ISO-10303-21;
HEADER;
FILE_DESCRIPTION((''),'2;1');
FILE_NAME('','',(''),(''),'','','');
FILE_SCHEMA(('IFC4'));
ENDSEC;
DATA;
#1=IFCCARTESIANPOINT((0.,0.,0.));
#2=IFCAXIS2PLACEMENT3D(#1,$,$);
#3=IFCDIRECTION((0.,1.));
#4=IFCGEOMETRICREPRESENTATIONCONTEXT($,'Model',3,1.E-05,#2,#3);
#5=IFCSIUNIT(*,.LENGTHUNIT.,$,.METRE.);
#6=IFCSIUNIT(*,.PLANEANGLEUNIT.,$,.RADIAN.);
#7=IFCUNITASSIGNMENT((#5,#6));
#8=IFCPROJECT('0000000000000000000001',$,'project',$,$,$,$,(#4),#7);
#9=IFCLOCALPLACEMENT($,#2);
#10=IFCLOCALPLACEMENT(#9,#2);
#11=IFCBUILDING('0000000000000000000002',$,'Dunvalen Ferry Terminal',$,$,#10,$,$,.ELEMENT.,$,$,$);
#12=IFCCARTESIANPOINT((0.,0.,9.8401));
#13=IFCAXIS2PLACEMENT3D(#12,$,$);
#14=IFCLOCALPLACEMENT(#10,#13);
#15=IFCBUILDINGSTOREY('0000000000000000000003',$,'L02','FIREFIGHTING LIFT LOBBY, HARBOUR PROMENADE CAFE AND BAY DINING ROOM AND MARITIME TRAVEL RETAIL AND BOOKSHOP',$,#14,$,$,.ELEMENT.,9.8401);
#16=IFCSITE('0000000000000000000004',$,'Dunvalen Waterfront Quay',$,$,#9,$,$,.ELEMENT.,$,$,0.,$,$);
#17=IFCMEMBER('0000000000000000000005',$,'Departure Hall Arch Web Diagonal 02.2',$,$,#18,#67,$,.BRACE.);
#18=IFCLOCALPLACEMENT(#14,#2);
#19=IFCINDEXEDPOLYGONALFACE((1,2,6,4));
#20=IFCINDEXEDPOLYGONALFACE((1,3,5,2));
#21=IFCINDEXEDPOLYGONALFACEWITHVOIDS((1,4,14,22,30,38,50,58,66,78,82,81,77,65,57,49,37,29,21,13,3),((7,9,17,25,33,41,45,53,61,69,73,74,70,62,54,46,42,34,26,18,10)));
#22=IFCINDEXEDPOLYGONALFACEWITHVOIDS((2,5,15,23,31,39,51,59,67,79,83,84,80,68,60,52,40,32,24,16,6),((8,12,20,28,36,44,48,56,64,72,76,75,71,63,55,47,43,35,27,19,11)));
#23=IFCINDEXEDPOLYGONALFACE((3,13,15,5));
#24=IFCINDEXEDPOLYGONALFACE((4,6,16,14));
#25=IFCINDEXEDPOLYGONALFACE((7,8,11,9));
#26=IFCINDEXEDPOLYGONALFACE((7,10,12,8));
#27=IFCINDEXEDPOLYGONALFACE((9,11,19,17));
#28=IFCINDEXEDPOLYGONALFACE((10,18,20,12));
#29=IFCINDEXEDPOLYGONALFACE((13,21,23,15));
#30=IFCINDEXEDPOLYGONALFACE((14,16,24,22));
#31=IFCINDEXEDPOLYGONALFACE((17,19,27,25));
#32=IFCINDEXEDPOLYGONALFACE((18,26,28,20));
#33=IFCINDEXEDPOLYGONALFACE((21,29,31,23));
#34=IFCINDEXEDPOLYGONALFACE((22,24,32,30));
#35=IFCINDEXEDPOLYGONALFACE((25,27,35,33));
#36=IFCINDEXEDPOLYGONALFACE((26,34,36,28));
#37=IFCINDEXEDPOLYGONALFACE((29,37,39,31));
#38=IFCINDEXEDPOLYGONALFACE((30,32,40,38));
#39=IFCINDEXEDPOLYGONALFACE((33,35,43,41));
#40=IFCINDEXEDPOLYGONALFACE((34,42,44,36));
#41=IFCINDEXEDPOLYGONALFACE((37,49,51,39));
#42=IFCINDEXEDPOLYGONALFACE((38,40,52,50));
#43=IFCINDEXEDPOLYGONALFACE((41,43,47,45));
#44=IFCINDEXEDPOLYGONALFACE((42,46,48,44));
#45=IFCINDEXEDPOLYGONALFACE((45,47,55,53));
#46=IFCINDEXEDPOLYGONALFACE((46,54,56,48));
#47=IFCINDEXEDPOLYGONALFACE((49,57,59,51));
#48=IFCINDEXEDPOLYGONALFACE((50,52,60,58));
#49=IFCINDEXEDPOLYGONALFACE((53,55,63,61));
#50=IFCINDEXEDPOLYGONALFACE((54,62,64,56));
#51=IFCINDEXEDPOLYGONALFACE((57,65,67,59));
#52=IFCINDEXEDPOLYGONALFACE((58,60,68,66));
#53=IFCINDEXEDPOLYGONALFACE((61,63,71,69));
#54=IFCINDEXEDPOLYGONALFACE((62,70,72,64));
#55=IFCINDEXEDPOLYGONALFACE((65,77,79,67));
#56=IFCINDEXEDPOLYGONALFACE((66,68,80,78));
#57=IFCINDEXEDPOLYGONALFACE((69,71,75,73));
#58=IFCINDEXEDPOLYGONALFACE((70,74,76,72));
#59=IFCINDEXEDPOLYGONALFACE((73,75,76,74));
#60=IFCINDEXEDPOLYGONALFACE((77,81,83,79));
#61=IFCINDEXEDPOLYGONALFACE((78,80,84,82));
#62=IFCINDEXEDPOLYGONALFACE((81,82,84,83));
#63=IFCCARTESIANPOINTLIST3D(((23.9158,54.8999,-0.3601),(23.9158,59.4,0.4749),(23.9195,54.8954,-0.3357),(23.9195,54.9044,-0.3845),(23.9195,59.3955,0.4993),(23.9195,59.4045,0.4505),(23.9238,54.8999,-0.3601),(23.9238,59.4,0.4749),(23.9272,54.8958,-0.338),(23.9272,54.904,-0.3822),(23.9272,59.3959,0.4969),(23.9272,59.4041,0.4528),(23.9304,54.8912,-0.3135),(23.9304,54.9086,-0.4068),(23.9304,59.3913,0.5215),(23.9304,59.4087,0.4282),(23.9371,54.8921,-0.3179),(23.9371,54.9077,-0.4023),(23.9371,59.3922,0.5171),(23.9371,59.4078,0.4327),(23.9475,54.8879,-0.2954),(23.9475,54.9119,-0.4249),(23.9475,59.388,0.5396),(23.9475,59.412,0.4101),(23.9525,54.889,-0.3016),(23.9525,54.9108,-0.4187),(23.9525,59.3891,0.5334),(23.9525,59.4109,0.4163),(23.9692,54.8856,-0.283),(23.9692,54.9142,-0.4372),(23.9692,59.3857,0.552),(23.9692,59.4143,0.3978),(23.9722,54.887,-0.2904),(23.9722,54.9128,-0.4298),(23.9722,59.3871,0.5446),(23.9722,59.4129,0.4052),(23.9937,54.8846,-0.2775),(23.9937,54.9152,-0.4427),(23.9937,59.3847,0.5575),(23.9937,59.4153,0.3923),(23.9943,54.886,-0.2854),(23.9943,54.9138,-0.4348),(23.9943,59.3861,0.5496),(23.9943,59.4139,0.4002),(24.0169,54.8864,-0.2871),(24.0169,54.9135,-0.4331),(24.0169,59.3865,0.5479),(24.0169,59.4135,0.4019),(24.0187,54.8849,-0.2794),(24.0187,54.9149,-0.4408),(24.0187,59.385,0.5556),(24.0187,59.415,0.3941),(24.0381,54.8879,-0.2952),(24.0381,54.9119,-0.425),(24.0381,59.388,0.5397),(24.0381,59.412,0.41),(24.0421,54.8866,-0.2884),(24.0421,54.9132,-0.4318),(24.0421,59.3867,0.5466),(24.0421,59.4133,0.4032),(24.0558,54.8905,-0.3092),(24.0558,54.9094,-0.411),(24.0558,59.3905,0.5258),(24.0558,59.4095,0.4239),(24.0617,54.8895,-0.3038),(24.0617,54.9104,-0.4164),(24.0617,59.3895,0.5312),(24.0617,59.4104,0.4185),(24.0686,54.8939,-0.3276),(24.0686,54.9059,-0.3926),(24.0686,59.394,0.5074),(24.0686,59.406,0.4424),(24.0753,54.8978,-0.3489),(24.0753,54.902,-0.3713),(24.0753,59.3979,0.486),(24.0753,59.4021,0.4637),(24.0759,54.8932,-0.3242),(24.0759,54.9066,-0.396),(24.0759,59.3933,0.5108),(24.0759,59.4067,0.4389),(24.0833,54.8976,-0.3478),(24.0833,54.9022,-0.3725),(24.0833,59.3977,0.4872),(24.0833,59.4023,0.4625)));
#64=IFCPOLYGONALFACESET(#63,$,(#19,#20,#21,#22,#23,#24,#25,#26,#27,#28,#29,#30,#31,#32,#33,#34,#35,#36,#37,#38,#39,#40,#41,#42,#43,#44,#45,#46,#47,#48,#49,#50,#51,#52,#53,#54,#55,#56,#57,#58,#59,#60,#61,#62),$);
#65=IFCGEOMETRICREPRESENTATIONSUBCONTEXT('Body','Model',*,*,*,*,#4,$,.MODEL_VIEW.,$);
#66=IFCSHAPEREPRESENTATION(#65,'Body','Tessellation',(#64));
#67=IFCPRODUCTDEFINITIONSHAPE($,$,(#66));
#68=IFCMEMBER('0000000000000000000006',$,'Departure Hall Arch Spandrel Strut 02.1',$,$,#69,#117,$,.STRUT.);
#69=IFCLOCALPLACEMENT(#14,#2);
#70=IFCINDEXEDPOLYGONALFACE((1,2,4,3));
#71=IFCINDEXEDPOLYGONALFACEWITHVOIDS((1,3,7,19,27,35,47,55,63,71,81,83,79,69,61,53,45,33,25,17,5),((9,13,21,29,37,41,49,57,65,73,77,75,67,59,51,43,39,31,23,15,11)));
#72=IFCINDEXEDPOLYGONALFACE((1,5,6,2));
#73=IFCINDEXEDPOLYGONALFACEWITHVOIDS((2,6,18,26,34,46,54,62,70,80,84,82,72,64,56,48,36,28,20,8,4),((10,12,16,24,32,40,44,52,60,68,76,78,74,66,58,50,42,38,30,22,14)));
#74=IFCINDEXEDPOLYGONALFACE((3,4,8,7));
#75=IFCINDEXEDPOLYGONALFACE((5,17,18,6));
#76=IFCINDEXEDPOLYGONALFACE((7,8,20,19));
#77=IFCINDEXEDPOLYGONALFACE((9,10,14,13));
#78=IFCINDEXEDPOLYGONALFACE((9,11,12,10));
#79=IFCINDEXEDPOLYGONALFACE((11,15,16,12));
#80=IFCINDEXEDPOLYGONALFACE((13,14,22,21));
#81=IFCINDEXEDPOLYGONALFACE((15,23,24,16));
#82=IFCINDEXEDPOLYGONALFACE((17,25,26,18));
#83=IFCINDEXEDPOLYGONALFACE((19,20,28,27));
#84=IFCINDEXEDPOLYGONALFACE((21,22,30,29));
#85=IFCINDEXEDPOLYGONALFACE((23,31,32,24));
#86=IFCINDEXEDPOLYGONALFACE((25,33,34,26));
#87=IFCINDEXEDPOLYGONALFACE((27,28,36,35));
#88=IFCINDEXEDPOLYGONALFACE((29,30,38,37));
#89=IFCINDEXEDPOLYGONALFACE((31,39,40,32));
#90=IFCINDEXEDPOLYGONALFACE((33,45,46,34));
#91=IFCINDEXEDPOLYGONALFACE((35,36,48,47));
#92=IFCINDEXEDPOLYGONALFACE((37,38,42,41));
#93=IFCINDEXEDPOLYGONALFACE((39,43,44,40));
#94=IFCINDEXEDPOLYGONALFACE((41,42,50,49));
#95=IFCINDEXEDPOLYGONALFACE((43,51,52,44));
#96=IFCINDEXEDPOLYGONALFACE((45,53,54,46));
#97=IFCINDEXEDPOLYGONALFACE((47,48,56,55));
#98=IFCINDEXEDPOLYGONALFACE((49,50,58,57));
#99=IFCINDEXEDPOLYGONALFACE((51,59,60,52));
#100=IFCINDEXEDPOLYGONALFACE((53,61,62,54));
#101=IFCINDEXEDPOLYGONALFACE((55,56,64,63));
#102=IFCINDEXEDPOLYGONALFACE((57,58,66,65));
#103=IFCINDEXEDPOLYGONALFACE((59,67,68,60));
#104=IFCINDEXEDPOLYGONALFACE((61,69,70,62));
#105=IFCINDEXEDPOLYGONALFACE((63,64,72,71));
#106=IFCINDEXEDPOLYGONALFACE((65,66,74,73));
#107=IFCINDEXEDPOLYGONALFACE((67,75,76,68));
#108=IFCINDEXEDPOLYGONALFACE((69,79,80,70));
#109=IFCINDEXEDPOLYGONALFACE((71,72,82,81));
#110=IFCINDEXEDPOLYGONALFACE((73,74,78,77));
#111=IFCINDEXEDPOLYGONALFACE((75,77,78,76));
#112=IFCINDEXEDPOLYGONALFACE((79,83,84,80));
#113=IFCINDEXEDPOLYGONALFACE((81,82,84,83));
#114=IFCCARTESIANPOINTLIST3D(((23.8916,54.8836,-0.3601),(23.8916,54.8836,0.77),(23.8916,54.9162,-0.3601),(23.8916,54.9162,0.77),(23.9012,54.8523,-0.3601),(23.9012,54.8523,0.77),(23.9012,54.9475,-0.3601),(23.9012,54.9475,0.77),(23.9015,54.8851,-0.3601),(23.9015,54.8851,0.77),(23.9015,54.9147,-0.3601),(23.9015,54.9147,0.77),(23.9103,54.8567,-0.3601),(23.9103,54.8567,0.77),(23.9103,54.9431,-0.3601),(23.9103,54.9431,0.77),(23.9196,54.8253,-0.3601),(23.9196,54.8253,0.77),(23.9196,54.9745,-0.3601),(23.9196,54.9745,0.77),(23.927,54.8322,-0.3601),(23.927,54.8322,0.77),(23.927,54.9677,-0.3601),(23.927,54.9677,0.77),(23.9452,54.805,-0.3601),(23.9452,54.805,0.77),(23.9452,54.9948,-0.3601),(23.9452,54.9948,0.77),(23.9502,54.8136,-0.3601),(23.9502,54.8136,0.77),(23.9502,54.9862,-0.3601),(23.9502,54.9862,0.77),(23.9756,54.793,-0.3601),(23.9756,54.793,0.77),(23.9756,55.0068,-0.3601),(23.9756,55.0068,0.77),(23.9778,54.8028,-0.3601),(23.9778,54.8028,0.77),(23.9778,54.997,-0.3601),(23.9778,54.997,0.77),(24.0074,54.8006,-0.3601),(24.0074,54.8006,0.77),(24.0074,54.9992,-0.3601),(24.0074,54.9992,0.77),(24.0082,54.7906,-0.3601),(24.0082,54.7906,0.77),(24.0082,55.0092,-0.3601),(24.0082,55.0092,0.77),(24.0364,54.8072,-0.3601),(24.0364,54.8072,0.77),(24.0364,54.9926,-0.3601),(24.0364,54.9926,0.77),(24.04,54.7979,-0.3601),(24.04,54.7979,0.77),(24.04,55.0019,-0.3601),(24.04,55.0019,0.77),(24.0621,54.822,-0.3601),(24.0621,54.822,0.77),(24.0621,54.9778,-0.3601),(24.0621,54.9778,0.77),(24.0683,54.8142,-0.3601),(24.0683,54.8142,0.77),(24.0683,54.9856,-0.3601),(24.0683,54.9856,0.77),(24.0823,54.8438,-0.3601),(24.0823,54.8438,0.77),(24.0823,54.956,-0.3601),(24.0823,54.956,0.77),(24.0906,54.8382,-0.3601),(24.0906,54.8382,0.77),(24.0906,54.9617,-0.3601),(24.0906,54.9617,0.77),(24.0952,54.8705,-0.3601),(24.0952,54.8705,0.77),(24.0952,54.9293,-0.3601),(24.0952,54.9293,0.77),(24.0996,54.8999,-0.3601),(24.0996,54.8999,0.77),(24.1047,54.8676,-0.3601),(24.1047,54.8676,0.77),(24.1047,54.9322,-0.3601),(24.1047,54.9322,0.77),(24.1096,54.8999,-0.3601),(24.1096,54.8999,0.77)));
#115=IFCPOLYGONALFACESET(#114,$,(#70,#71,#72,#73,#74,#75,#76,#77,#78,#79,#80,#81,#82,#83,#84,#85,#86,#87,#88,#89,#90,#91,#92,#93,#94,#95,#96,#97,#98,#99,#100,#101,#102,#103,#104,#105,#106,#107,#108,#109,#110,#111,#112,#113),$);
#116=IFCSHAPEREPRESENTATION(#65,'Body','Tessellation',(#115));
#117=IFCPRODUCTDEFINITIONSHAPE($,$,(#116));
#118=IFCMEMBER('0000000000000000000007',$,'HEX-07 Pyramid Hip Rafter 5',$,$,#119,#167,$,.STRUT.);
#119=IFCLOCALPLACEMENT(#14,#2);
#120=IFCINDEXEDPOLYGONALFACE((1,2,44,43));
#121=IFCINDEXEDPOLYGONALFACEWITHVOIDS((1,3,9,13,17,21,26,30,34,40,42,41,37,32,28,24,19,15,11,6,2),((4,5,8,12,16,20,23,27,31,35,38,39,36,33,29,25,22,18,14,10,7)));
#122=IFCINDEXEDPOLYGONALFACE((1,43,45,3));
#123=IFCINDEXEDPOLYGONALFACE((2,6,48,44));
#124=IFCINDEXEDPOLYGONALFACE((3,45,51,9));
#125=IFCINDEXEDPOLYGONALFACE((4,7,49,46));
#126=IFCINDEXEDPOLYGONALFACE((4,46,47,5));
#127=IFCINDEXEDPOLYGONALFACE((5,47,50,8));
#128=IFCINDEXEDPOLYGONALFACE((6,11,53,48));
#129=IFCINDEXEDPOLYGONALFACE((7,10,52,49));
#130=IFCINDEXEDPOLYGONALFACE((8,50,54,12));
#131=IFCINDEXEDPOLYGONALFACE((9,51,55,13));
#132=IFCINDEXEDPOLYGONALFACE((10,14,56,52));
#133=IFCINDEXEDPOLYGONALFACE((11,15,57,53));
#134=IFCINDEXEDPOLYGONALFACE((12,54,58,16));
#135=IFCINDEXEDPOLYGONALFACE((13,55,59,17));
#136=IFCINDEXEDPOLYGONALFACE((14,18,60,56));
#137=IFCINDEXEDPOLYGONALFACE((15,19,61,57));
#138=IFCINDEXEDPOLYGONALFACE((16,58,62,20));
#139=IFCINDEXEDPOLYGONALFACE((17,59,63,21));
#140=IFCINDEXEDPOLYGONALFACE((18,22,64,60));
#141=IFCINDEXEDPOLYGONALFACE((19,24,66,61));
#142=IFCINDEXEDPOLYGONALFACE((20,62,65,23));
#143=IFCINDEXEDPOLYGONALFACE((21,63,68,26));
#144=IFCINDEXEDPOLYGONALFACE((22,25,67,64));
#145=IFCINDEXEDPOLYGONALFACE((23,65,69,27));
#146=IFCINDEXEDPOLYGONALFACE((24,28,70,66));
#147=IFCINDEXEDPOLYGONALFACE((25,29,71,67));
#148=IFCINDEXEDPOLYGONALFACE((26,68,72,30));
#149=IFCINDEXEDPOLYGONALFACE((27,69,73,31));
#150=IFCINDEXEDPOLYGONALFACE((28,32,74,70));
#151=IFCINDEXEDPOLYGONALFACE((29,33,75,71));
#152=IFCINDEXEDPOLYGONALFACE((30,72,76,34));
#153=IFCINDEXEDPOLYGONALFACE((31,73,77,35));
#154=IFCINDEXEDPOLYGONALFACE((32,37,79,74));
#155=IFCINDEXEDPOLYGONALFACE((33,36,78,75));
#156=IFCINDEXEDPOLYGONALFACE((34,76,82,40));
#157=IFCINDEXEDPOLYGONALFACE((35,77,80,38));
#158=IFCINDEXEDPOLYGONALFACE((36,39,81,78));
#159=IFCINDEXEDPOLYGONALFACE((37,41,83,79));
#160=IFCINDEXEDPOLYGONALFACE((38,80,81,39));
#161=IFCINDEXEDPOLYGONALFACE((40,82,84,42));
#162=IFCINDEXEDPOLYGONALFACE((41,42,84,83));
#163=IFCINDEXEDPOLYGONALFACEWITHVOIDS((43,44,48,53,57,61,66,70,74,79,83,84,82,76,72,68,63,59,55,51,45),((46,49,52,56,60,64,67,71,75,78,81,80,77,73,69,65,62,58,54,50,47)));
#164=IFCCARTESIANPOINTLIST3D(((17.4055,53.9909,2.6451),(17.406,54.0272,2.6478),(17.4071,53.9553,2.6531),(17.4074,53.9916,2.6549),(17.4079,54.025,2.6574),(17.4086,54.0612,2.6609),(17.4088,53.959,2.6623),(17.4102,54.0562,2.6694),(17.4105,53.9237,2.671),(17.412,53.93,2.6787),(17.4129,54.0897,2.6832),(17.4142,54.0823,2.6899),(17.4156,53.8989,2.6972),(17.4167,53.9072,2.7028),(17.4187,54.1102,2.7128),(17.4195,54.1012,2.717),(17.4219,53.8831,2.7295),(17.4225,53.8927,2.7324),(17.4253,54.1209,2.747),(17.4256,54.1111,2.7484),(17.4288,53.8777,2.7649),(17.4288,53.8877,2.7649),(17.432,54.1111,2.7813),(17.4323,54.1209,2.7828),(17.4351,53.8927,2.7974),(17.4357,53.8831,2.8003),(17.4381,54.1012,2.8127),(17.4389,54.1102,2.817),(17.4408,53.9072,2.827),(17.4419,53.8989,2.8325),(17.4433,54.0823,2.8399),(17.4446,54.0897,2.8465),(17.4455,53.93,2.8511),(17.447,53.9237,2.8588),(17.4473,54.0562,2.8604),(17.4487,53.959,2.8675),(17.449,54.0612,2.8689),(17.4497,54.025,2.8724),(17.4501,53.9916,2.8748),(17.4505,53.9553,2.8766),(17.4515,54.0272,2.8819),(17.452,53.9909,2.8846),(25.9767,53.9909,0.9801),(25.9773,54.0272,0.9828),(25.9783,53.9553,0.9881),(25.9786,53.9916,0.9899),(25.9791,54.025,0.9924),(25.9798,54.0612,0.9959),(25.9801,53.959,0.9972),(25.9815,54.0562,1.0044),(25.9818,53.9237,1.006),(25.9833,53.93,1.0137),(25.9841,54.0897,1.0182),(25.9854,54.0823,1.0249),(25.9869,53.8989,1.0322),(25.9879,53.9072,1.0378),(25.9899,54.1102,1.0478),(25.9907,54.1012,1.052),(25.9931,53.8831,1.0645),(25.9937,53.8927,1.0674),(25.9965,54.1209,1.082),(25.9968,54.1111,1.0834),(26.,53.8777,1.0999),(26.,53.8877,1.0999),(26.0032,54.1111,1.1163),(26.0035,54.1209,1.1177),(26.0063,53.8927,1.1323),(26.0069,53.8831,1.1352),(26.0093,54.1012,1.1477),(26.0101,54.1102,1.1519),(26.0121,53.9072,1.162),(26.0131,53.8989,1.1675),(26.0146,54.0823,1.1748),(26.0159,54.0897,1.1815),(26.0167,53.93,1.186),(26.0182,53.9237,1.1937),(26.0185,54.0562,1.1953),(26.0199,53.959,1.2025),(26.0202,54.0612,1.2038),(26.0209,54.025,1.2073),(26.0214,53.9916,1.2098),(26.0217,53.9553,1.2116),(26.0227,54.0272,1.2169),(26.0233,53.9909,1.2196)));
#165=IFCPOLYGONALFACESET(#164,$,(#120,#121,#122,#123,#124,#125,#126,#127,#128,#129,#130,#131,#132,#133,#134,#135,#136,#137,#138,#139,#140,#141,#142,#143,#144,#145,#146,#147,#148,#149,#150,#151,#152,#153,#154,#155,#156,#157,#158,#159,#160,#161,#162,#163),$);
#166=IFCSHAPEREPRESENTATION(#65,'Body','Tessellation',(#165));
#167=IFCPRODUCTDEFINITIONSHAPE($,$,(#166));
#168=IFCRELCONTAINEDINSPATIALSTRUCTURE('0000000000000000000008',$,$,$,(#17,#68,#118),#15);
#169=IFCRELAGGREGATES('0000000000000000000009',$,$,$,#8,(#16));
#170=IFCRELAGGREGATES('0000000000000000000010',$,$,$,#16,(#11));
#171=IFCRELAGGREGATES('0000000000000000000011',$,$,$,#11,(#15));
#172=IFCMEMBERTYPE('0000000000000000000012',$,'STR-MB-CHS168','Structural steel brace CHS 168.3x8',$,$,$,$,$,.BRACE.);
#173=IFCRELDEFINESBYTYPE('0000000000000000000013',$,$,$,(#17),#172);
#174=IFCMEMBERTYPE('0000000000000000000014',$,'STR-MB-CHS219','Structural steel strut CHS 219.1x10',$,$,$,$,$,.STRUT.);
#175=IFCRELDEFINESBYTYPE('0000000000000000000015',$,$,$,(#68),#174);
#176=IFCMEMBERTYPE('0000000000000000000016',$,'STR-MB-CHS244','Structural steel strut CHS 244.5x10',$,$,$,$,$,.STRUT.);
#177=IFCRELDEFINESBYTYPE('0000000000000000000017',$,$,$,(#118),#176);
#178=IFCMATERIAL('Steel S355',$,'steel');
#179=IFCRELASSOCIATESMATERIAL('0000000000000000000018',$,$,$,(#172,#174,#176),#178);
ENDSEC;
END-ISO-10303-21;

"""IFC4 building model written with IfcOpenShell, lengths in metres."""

from ifc_helpers import new_model, si_unit, direction, frame, origin, origin_2d, place, context, subcontext, project, spatial, hollow_circle, extrude, material, material_profile, profile_set, type_object, element, save


model = new_model("IFC4")

# Units and contexts
model_context = context("Model", 3, precision=1e-05, world=origin(), true_north=direction((0.0, 1.0)))
body_context = subcontext(model_context, "Body", "Model", "MODEL_VIEW")
ifc_project = project(units=[si_unit("LENGTHUNIT", "METRE"), si_unit("PLANEANGLEUNIT", "RADIAN")], contexts=[model_context])

# Site, building, storey
site_placement = place(None, origin())
site = spatial("IfcSite", under=ifc_project, at=site_placement, Name="Dunvalen Waterfront Quay", CompositionType="ELEMENT", RefElevation=0.0)
building_placement = place(site_placement, origin())
building = spatial("IfcBuilding", under=site, at=building_placement, Name="Dunvalen Ferry Terminal", CompositionType="ELEMENT")
storey_placement = place(building_placement, frame((0.0, 0.0, 9.8401)))
storey = spatial("IfcBuildingStorey", under=building, at=storey_placement, Name="L02", Description="FIREFIGHTING LIFT LOBBY, HARBOUR PROMENADE CAFE AND BAY DINING ROOM AND MARITIME TRAVEL RETAIL AND BOOKSHOP", CompositionType="ELEMENT", Elevation=9.8401)

# Shared definitions
ifc_material_1 = material(Name="Steel S355", Category="steel")

# Members
ifc_material_profile_1 = material_profile(ifc_material_1, hollow_circle(Radius=0.0842, WallThickness=0.0081, at=origin_2d()), Name="Steel S355")
ifc_profile_set_1 = profile_set([ifc_material_profile_1], Name="Steel S355")
member_type_1 = type_object("IfcMemberType", Name="STR-MB-CHS168", Description="Structural steel brace CHS 168.3x8", PredefinedType="BRACE", material=ifc_profile_set_1)
member_1_placement = place(storey_placement, frame((24.0, 54.8999, -0.3601), z_axis=(0.0, 0.983218, 0.182433), x_axis=(-1.0, 0.0, 0.0)))
element("IfcMember", 1, at=member_1_placement, inside=storey, type_object=member_type_1, Name="Departure Hall Arch Web Diagonal 02.2", PredefinedType="BRACE", context=body_context, shape_type="SweptSolid", body=[
    extrude(hollow_circle(Radius=0.0842, WallThickness=0.0081, at=origin_2d()), origin(), (0.0, 0.0, 1.0), 4.5769),
])
ifc_material_profile_2 = material_profile(ifc_material_1, hollow_circle(Radius=0.1096, WallThickness=0.01, at=origin_2d()), Name="Steel S355")
ifc_profile_set_2 = profile_set([ifc_material_profile_2], Name="Steel S355")
member_type_2 = type_object("IfcMemberType", Name="STR-MB-CHS219", Description="Structural steel strut CHS 219.1x10", PredefinedType="STRUT", material=ifc_profile_set_2)
member_2_placement = place(storey_placement, frame((24.0, 54.8999, -0.3601), z_axis=(0.0, 0.0, 1.0), x_axis=(1.0, 0.0, 0.0)))
element("IfcMember", 2, at=member_2_placement, inside=storey, type_object=member_type_2, Name="Departure Hall Arch Spandrel Strut 02.1", PredefinedType="STRUT", context=body_context, shape_type="SweptSolid", body=[
    extrude(hollow_circle(Radius=0.1096, WallThickness=0.01, at=origin_2d()), origin(), (0.0, 0.0, 1.0), 1.1301),
])
ifc_material_profile_3 = material_profile(ifc_material_1, hollow_circle(Radius=0.1223, WallThickness=0.01, at=origin_2d()), Name="Steel S355")
ifc_profile_set_3 = profile_set([ifc_material_profile_3], Name="Steel S355")
member_type_3 = type_object("IfcMemberType", Name="STR-MB-CHS244", Description="Structural steel strut CHS 244.5x10", PredefinedType="STRUT", material=ifc_profile_set_3)
member_3_placement = place(storey_placement, frame((26.0, 54.0, 1.0999), z_axis=(-0.98165, 0.0, 0.190693), x_axis=(0.0, -1.0, 0.0)))
element("IfcMember", 3, at=member_3_placement, inside=storey, type_object=member_type_3, Name="HEX-07 Pyramid Hip Rafter 5", PredefinedType="STRUT", context=body_context, shape_type="SweptSolid", body=[
    extrude(hollow_circle(Radius=0.1223, WallThickness=0.01, at=origin_2d()), origin(), (0.0, 0.0, 1.0), 8.7314),
])

save(model, "model.ifc")
